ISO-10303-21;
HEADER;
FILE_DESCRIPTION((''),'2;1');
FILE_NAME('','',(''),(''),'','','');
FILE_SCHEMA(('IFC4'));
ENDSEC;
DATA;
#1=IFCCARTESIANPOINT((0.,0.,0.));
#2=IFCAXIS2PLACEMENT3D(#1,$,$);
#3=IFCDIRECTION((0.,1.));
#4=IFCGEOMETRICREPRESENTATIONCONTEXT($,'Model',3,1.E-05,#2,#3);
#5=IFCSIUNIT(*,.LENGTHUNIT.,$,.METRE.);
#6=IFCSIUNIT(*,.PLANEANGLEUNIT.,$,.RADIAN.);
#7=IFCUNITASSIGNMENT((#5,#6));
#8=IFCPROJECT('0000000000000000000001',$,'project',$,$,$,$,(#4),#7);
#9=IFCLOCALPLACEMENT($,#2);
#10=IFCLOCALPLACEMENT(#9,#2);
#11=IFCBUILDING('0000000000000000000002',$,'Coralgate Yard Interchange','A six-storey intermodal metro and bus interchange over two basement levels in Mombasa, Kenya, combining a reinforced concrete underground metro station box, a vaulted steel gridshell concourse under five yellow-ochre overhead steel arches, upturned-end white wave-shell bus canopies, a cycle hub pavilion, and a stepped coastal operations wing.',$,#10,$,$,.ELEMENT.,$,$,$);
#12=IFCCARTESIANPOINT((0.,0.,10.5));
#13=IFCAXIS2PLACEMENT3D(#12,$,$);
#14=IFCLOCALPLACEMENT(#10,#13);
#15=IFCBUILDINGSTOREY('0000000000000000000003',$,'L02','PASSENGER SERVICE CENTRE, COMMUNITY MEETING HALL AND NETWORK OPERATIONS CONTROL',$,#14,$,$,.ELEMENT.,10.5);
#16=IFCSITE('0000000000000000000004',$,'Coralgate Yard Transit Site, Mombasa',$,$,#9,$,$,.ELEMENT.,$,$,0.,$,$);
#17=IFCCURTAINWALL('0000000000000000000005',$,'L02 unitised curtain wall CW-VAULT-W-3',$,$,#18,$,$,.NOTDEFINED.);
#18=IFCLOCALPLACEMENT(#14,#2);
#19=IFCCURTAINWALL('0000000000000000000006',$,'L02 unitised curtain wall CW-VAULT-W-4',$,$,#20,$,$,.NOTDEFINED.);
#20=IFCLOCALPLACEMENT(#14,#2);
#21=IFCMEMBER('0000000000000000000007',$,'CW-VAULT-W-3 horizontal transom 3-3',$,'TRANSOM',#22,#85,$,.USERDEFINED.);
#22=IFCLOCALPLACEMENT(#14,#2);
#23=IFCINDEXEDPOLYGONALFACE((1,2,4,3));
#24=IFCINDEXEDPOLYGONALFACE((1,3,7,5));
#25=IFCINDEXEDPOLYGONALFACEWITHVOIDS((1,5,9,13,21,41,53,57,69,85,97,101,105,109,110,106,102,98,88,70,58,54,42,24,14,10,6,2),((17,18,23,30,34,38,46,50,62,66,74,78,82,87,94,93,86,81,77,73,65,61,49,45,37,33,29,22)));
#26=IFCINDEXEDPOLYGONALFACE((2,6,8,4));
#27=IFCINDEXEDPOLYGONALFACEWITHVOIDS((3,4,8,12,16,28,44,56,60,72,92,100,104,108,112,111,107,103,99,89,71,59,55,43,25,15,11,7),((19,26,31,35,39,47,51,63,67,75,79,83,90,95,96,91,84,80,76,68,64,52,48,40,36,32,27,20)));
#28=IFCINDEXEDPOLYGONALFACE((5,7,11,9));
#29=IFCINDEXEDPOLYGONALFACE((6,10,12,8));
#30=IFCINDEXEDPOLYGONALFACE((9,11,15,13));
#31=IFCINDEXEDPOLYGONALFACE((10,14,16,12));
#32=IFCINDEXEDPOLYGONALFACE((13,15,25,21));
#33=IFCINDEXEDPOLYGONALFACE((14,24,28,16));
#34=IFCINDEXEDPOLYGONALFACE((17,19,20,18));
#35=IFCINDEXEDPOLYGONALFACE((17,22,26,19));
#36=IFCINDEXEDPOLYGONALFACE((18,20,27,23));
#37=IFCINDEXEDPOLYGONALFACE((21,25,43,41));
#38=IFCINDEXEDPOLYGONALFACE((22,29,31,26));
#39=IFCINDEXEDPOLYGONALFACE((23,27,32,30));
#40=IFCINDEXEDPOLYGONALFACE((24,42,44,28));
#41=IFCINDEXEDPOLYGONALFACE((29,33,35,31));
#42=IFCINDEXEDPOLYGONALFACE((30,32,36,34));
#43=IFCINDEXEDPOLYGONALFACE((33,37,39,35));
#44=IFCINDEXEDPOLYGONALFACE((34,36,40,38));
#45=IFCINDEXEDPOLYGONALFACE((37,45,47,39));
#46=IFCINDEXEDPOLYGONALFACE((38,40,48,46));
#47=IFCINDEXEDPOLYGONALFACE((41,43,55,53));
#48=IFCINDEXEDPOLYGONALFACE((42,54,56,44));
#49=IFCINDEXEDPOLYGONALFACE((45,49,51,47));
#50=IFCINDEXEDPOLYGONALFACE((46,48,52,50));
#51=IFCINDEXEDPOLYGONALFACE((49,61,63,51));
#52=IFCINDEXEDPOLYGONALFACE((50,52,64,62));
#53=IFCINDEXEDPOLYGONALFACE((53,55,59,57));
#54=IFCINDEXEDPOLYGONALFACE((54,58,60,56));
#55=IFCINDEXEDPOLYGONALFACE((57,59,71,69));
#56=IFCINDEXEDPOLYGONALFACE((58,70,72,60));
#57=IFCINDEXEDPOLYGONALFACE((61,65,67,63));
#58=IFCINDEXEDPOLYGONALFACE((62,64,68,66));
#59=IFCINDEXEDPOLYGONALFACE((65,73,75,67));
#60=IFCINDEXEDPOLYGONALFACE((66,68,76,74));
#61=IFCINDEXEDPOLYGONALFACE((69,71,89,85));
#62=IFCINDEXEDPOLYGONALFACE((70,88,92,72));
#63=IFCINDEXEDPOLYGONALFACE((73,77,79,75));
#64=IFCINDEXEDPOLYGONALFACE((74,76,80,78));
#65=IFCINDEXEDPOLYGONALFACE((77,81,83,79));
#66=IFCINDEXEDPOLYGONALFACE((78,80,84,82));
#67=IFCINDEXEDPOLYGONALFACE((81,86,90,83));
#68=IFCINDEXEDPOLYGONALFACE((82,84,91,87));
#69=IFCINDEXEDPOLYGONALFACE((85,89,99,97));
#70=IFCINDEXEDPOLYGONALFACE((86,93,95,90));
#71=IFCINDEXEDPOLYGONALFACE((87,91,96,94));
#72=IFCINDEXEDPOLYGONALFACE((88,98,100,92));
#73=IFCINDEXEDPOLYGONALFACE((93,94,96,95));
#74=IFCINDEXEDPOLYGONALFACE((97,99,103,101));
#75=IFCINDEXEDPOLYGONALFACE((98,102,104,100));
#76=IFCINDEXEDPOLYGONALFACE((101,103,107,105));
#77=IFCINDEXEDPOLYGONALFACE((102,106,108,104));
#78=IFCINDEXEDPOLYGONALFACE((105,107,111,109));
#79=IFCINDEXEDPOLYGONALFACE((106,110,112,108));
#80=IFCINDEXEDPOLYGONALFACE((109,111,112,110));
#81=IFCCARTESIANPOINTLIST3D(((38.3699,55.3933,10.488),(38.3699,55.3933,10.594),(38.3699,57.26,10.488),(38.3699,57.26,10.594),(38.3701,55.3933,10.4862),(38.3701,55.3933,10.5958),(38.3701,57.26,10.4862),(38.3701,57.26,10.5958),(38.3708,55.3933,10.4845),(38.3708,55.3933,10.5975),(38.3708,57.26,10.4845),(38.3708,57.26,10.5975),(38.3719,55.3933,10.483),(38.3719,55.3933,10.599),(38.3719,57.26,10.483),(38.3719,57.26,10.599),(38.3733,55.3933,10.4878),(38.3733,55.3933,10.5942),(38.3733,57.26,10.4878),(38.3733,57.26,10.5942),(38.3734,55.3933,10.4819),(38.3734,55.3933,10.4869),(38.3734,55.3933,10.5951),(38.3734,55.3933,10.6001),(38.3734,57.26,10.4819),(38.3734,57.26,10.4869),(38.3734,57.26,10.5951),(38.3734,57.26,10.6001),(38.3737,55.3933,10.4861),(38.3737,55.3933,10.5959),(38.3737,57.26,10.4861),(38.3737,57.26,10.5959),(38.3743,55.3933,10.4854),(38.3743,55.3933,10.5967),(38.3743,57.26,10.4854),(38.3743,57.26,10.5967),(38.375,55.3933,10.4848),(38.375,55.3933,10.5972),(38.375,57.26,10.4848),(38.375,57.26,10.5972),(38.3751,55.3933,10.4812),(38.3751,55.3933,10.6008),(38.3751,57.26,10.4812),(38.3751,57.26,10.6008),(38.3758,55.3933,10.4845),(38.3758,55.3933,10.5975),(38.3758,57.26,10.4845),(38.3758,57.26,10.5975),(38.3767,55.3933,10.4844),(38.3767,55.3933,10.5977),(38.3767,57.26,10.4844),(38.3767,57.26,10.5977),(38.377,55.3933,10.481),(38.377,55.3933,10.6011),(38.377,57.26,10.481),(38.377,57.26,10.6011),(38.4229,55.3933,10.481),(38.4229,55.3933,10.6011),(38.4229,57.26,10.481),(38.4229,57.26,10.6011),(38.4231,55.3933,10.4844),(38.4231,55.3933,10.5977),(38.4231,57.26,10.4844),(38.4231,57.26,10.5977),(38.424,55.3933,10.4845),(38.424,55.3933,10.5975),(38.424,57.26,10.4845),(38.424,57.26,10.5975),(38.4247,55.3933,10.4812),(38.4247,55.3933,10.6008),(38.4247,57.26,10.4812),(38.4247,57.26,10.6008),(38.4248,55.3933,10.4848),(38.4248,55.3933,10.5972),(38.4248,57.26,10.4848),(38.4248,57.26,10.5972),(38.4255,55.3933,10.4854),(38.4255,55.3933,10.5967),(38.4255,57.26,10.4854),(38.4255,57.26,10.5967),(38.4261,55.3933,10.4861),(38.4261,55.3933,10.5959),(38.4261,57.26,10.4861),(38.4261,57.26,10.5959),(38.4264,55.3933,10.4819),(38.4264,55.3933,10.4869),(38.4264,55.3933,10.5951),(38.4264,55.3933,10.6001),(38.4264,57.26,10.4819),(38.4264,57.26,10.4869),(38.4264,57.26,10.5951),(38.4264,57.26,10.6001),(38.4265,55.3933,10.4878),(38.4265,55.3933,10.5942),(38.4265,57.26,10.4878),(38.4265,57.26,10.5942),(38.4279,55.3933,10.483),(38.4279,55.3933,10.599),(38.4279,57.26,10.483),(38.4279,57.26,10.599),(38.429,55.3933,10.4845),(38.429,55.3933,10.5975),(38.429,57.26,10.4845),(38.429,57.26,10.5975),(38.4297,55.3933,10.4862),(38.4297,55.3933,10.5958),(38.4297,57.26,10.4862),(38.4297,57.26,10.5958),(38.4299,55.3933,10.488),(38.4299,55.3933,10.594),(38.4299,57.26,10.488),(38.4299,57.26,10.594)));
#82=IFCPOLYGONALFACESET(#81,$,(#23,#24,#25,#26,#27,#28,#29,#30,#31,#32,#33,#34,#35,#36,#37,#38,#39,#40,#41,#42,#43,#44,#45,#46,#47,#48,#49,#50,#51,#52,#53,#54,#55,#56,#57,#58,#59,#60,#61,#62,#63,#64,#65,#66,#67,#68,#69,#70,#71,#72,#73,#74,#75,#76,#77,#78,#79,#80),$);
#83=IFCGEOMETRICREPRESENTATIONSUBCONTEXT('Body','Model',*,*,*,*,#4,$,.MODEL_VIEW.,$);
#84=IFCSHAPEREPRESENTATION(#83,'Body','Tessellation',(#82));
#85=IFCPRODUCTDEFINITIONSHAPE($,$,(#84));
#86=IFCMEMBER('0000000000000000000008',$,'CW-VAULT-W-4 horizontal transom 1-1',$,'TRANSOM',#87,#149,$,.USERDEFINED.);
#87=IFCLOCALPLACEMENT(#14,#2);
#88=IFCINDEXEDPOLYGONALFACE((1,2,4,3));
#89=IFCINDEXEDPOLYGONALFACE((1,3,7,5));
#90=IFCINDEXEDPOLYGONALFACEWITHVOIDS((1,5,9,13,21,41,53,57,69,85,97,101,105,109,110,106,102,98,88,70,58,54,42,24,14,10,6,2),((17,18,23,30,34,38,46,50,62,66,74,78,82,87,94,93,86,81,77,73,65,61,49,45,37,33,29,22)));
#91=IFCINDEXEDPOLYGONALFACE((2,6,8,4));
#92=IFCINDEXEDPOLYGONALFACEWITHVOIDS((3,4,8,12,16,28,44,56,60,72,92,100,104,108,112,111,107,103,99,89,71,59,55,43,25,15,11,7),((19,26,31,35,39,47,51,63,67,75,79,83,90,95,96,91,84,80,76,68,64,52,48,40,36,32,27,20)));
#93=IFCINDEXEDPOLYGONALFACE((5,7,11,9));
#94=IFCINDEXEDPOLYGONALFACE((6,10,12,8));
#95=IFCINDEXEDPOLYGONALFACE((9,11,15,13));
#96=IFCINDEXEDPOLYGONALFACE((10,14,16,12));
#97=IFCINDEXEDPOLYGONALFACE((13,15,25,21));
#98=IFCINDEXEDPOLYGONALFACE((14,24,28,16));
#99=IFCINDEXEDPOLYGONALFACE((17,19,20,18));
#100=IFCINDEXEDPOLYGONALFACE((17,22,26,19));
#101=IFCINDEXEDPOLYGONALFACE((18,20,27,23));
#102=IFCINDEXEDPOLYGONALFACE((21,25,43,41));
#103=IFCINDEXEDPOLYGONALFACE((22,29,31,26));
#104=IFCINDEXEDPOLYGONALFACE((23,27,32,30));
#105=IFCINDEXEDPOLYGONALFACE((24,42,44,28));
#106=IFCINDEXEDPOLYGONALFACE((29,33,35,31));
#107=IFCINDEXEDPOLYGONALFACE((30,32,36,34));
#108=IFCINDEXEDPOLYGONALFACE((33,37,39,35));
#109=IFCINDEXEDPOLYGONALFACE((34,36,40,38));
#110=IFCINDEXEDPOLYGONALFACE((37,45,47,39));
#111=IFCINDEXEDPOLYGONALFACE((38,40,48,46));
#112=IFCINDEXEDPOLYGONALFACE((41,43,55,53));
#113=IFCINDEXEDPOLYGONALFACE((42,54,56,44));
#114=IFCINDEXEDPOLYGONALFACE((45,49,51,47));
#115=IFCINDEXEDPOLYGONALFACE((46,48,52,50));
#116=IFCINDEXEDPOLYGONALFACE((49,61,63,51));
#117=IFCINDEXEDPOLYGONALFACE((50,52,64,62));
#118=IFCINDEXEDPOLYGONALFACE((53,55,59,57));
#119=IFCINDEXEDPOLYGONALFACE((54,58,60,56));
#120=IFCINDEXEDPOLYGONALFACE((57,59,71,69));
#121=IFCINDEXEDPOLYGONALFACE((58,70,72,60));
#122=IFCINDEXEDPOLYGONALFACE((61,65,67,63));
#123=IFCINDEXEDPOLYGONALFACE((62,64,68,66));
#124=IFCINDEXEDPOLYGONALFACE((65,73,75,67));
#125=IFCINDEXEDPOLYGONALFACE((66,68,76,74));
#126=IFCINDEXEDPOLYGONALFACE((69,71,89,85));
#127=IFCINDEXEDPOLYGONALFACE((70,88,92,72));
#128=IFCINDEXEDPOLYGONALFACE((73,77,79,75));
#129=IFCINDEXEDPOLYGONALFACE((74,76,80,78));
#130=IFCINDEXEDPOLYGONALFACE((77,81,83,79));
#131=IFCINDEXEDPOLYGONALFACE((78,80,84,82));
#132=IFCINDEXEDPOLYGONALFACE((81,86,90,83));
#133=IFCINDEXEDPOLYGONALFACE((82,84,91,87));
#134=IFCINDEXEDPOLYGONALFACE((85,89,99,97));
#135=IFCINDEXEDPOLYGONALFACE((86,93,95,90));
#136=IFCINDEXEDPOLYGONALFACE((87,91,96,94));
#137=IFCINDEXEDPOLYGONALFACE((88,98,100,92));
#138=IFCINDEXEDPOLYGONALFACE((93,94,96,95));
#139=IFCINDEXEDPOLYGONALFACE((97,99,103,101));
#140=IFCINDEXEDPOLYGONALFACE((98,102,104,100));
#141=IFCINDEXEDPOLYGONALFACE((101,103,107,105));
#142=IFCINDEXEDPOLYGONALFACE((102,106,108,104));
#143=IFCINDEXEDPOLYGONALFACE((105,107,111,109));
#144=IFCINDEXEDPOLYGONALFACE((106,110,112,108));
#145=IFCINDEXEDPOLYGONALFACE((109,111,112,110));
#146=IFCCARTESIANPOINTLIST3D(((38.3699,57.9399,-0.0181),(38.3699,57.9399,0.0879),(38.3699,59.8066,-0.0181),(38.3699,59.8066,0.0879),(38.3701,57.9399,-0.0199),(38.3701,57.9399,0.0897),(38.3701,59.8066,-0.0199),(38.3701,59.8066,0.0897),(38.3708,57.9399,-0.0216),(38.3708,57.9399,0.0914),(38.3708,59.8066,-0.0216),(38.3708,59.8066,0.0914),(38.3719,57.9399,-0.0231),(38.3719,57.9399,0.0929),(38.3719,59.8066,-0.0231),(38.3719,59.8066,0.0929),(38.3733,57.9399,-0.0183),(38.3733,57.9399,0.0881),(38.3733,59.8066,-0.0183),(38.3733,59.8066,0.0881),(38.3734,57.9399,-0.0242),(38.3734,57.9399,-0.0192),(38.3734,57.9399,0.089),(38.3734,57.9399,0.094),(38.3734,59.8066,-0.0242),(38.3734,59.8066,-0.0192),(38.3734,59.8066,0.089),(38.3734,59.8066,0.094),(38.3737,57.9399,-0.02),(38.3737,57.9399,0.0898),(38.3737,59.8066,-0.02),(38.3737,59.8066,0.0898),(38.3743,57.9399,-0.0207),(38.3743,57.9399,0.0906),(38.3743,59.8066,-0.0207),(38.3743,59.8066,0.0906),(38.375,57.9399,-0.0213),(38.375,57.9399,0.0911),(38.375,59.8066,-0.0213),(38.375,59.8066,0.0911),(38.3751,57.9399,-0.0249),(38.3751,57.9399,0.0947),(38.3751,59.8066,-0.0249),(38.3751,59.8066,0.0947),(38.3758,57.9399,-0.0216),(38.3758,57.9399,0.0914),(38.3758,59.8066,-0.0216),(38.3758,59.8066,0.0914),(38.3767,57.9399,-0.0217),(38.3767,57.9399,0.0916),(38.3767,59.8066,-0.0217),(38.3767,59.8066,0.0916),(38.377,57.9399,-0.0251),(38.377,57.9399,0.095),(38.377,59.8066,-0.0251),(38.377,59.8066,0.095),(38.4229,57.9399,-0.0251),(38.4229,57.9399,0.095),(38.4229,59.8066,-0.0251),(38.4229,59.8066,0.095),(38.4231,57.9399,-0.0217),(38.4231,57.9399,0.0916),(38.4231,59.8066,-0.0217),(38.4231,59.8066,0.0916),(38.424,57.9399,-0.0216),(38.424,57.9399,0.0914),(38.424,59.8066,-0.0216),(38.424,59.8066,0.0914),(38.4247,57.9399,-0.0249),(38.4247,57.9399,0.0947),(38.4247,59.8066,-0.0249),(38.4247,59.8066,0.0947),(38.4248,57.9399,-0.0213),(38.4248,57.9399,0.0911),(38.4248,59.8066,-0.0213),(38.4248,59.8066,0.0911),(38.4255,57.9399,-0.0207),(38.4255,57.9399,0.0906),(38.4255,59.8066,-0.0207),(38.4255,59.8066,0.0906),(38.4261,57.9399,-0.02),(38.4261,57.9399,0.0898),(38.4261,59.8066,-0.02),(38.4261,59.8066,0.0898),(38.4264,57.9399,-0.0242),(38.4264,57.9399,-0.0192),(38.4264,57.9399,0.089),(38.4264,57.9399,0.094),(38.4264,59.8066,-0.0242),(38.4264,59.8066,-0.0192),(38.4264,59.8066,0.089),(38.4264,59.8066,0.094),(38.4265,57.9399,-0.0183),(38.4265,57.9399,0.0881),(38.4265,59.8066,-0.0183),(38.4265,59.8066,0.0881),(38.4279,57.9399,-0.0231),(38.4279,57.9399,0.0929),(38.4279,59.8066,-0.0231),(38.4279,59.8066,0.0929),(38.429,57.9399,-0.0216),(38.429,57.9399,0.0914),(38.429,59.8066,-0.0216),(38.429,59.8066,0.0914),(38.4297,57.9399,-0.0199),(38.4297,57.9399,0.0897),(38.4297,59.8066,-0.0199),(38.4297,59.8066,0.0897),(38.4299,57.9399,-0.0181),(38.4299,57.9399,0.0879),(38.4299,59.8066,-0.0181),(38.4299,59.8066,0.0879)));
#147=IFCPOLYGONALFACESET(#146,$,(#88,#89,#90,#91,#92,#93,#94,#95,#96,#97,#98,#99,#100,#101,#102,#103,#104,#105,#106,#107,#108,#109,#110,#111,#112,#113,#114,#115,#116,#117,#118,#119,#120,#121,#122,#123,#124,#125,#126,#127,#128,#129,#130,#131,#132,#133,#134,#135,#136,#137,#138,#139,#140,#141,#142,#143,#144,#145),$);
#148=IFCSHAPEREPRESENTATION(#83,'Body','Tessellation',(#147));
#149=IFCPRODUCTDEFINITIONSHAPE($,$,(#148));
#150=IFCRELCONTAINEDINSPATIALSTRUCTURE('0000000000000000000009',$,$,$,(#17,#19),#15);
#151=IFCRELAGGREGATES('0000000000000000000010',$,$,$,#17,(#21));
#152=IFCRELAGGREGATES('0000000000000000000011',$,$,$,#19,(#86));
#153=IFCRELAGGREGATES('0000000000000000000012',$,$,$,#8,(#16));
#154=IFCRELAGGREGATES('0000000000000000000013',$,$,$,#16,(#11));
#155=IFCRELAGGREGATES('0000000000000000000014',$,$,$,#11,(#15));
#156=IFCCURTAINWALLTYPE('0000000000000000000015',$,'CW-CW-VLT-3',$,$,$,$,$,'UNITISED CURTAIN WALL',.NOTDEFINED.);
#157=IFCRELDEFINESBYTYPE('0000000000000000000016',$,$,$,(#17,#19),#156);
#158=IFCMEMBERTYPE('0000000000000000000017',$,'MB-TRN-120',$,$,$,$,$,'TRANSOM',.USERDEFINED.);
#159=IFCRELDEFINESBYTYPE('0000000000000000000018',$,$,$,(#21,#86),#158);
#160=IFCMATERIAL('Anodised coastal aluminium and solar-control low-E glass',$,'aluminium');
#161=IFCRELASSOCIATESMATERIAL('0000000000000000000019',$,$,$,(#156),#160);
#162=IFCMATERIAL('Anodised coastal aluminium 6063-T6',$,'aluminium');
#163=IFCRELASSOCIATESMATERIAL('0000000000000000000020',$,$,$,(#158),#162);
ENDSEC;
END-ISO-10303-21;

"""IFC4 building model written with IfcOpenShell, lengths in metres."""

from ifc_helpers import new_model, si_unit, direction, frame, origin, origin_2d, place, context, subcontext, project, spatial, hollow_rectangle, extrude, material, material_profile, profile_set, type_object, element, aggregate, save


model = new_model("IFC4")

# Units and contexts
model_context = context("Model", 3, precision=1e-05, world=origin(), true_north=direction((0.0, 1.0)))
body_context = subcontext(model_context, "Body", "Model", "MODEL_VIEW")
ifc_project = project(units=[si_unit("LENGTHUNIT", "METRE"), si_unit("PLANEANGLEUNIT", "RADIAN")], contexts=[model_context])

# Site, building, storey
site_placement = place(None, origin())
site = spatial("IfcSite", under=ifc_project, at=site_placement, Name="Coralgate Yard Transit Site, Mombasa", CompositionType="ELEMENT", RefElevation=0.0)
building_placement = place(site_placement, origin())
building = spatial("IfcBuilding", under=site, at=building_placement, Name="Coralgate Yard Interchange", Description="A six-storey intermodal metro and bus interchange over two basement levels in Mombasa, Kenya, combining a reinforced concrete underground metro station box, a vaulted steel gridshell concourse under five yellow-ochre overhead steel arches, upturned-end white wave-shell bus canopies, a cycle hub pavilion, and a stepped coastal operations wing.", CompositionType="ELEMENT")
storey_placement = place(building_placement, frame((0.0, 0.0, 10.5)))
storey = spatial("IfcBuildingStorey", under=building, at=storey_placement, Name="L02", Description="PASSENGER SERVICE CENTRE, COMMUNITY MEETING HALL AND NETWORK OPERATIONS CONTROL", CompositionType="ELEMENT", Elevation=10.5)

# Curtain walls
ifc_material_1 = material(Name="Anodised coastal aluminium and solar-control low-E glass", Category="aluminium")
curtain_wall_type = type_object("IfcCurtainWallType", Name="CW-CW-VLT-3", ElementType="UNITISED CURTAIN WALL", PredefinedType="NOTDEFINED", material=ifc_material_1)
curtain_wall_1_placement = place(storey_placement, origin())
curtain_wall_1 = element("IfcCurtainWall", 1, at=curtain_wall_1_placement, inside=storey, type_object=curtain_wall_type, Name="L02 unitised curtain wall CW-VAULT-W-3", PredefinedType="NOTDEFINED")
ifc_material_2 = material(Name="Anodised coastal aluminium 6063-T6", Category="aluminium")
curtain_wall_2_placement = place(storey_placement, origin())
curtain_wall_2 = element("IfcCurtainWall", 2, at=curtain_wall_2_placement, inside=storey, type_object=curtain_wall_type, Name="L02 unitised curtain wall CW-VAULT-W-4", PredefinedType="NOTDEFINED")

# Members
ifc_material_profile_1 = material_profile(ifc_material_2, hollow_rectangle(XDim=0.0601, YDim=0.1201, WallThickness=0.0034, InnerFilletRadius=0.0034, OuterFilletRadius=0.0071, at=origin_2d()), Name="ALU 60x120x3.5")
ifc_profile_set_1 = profile_set([ifc_material_profile_1], Name="Anodised coastal aluminium 6063-T6")
member_type_1 = type_object("IfcMemberType", Name="MB-TRN-120", ElementType="TRANSOM", PredefinedType="USERDEFINED", material=ifc_profile_set_1)
member_1_placement = place(storey_placement, frame((38.3999, 55.3933, 10.541), z_axis=(0.0, 1.0, 0.0), x_axis=(-1.0, 0.0, 0.0)))
member_1 = element("IfcMember", 3, at=member_1_placement, type_object=member_type_1, Name="CW-VAULT-W-3 horizontal transom 3-3", ObjectType="TRANSOM", PredefinedType="USERDEFINED", context=body_context, shape_type="SweptSolid", body=[
    extrude(hollow_rectangle(XDim=0.0601, YDim=0.1201, WallThickness=0.0034, InnerFilletRadius=0.0034, OuterFilletRadius=0.0071, at=origin_2d()), origin(), (0.0, 0.0, 1.0), 1.8667),
])
member_2_placement = place(storey_placement, frame((38.3999, 57.9399, 0.0349), z_axis=(0.0, 1.0, 0.0), x_axis=(-1.0, 0.0, 0.0)))
member_2 = element("IfcMember", 4, at=member_2_placement, type_object=member_type_1, Name="CW-VAULT-W-4 horizontal transom 1-1", ObjectType="TRANSOM", PredefinedType="USERDEFINED", context=body_context, shape_type="SweptSolid", body=[
    extrude(hollow_rectangle(XDim=0.0601, YDim=0.1201, WallThickness=0.0034, InnerFilletRadius=0.0034, OuterFilletRadius=0.0071, at=origin_2d()), origin(), (0.0, 0.0, 1.0), 1.8667),
])

aggregate(curtain_wall_1, [member_1])
aggregate(curtain_wall_2, [member_2])

save(model, "model.ifc")
